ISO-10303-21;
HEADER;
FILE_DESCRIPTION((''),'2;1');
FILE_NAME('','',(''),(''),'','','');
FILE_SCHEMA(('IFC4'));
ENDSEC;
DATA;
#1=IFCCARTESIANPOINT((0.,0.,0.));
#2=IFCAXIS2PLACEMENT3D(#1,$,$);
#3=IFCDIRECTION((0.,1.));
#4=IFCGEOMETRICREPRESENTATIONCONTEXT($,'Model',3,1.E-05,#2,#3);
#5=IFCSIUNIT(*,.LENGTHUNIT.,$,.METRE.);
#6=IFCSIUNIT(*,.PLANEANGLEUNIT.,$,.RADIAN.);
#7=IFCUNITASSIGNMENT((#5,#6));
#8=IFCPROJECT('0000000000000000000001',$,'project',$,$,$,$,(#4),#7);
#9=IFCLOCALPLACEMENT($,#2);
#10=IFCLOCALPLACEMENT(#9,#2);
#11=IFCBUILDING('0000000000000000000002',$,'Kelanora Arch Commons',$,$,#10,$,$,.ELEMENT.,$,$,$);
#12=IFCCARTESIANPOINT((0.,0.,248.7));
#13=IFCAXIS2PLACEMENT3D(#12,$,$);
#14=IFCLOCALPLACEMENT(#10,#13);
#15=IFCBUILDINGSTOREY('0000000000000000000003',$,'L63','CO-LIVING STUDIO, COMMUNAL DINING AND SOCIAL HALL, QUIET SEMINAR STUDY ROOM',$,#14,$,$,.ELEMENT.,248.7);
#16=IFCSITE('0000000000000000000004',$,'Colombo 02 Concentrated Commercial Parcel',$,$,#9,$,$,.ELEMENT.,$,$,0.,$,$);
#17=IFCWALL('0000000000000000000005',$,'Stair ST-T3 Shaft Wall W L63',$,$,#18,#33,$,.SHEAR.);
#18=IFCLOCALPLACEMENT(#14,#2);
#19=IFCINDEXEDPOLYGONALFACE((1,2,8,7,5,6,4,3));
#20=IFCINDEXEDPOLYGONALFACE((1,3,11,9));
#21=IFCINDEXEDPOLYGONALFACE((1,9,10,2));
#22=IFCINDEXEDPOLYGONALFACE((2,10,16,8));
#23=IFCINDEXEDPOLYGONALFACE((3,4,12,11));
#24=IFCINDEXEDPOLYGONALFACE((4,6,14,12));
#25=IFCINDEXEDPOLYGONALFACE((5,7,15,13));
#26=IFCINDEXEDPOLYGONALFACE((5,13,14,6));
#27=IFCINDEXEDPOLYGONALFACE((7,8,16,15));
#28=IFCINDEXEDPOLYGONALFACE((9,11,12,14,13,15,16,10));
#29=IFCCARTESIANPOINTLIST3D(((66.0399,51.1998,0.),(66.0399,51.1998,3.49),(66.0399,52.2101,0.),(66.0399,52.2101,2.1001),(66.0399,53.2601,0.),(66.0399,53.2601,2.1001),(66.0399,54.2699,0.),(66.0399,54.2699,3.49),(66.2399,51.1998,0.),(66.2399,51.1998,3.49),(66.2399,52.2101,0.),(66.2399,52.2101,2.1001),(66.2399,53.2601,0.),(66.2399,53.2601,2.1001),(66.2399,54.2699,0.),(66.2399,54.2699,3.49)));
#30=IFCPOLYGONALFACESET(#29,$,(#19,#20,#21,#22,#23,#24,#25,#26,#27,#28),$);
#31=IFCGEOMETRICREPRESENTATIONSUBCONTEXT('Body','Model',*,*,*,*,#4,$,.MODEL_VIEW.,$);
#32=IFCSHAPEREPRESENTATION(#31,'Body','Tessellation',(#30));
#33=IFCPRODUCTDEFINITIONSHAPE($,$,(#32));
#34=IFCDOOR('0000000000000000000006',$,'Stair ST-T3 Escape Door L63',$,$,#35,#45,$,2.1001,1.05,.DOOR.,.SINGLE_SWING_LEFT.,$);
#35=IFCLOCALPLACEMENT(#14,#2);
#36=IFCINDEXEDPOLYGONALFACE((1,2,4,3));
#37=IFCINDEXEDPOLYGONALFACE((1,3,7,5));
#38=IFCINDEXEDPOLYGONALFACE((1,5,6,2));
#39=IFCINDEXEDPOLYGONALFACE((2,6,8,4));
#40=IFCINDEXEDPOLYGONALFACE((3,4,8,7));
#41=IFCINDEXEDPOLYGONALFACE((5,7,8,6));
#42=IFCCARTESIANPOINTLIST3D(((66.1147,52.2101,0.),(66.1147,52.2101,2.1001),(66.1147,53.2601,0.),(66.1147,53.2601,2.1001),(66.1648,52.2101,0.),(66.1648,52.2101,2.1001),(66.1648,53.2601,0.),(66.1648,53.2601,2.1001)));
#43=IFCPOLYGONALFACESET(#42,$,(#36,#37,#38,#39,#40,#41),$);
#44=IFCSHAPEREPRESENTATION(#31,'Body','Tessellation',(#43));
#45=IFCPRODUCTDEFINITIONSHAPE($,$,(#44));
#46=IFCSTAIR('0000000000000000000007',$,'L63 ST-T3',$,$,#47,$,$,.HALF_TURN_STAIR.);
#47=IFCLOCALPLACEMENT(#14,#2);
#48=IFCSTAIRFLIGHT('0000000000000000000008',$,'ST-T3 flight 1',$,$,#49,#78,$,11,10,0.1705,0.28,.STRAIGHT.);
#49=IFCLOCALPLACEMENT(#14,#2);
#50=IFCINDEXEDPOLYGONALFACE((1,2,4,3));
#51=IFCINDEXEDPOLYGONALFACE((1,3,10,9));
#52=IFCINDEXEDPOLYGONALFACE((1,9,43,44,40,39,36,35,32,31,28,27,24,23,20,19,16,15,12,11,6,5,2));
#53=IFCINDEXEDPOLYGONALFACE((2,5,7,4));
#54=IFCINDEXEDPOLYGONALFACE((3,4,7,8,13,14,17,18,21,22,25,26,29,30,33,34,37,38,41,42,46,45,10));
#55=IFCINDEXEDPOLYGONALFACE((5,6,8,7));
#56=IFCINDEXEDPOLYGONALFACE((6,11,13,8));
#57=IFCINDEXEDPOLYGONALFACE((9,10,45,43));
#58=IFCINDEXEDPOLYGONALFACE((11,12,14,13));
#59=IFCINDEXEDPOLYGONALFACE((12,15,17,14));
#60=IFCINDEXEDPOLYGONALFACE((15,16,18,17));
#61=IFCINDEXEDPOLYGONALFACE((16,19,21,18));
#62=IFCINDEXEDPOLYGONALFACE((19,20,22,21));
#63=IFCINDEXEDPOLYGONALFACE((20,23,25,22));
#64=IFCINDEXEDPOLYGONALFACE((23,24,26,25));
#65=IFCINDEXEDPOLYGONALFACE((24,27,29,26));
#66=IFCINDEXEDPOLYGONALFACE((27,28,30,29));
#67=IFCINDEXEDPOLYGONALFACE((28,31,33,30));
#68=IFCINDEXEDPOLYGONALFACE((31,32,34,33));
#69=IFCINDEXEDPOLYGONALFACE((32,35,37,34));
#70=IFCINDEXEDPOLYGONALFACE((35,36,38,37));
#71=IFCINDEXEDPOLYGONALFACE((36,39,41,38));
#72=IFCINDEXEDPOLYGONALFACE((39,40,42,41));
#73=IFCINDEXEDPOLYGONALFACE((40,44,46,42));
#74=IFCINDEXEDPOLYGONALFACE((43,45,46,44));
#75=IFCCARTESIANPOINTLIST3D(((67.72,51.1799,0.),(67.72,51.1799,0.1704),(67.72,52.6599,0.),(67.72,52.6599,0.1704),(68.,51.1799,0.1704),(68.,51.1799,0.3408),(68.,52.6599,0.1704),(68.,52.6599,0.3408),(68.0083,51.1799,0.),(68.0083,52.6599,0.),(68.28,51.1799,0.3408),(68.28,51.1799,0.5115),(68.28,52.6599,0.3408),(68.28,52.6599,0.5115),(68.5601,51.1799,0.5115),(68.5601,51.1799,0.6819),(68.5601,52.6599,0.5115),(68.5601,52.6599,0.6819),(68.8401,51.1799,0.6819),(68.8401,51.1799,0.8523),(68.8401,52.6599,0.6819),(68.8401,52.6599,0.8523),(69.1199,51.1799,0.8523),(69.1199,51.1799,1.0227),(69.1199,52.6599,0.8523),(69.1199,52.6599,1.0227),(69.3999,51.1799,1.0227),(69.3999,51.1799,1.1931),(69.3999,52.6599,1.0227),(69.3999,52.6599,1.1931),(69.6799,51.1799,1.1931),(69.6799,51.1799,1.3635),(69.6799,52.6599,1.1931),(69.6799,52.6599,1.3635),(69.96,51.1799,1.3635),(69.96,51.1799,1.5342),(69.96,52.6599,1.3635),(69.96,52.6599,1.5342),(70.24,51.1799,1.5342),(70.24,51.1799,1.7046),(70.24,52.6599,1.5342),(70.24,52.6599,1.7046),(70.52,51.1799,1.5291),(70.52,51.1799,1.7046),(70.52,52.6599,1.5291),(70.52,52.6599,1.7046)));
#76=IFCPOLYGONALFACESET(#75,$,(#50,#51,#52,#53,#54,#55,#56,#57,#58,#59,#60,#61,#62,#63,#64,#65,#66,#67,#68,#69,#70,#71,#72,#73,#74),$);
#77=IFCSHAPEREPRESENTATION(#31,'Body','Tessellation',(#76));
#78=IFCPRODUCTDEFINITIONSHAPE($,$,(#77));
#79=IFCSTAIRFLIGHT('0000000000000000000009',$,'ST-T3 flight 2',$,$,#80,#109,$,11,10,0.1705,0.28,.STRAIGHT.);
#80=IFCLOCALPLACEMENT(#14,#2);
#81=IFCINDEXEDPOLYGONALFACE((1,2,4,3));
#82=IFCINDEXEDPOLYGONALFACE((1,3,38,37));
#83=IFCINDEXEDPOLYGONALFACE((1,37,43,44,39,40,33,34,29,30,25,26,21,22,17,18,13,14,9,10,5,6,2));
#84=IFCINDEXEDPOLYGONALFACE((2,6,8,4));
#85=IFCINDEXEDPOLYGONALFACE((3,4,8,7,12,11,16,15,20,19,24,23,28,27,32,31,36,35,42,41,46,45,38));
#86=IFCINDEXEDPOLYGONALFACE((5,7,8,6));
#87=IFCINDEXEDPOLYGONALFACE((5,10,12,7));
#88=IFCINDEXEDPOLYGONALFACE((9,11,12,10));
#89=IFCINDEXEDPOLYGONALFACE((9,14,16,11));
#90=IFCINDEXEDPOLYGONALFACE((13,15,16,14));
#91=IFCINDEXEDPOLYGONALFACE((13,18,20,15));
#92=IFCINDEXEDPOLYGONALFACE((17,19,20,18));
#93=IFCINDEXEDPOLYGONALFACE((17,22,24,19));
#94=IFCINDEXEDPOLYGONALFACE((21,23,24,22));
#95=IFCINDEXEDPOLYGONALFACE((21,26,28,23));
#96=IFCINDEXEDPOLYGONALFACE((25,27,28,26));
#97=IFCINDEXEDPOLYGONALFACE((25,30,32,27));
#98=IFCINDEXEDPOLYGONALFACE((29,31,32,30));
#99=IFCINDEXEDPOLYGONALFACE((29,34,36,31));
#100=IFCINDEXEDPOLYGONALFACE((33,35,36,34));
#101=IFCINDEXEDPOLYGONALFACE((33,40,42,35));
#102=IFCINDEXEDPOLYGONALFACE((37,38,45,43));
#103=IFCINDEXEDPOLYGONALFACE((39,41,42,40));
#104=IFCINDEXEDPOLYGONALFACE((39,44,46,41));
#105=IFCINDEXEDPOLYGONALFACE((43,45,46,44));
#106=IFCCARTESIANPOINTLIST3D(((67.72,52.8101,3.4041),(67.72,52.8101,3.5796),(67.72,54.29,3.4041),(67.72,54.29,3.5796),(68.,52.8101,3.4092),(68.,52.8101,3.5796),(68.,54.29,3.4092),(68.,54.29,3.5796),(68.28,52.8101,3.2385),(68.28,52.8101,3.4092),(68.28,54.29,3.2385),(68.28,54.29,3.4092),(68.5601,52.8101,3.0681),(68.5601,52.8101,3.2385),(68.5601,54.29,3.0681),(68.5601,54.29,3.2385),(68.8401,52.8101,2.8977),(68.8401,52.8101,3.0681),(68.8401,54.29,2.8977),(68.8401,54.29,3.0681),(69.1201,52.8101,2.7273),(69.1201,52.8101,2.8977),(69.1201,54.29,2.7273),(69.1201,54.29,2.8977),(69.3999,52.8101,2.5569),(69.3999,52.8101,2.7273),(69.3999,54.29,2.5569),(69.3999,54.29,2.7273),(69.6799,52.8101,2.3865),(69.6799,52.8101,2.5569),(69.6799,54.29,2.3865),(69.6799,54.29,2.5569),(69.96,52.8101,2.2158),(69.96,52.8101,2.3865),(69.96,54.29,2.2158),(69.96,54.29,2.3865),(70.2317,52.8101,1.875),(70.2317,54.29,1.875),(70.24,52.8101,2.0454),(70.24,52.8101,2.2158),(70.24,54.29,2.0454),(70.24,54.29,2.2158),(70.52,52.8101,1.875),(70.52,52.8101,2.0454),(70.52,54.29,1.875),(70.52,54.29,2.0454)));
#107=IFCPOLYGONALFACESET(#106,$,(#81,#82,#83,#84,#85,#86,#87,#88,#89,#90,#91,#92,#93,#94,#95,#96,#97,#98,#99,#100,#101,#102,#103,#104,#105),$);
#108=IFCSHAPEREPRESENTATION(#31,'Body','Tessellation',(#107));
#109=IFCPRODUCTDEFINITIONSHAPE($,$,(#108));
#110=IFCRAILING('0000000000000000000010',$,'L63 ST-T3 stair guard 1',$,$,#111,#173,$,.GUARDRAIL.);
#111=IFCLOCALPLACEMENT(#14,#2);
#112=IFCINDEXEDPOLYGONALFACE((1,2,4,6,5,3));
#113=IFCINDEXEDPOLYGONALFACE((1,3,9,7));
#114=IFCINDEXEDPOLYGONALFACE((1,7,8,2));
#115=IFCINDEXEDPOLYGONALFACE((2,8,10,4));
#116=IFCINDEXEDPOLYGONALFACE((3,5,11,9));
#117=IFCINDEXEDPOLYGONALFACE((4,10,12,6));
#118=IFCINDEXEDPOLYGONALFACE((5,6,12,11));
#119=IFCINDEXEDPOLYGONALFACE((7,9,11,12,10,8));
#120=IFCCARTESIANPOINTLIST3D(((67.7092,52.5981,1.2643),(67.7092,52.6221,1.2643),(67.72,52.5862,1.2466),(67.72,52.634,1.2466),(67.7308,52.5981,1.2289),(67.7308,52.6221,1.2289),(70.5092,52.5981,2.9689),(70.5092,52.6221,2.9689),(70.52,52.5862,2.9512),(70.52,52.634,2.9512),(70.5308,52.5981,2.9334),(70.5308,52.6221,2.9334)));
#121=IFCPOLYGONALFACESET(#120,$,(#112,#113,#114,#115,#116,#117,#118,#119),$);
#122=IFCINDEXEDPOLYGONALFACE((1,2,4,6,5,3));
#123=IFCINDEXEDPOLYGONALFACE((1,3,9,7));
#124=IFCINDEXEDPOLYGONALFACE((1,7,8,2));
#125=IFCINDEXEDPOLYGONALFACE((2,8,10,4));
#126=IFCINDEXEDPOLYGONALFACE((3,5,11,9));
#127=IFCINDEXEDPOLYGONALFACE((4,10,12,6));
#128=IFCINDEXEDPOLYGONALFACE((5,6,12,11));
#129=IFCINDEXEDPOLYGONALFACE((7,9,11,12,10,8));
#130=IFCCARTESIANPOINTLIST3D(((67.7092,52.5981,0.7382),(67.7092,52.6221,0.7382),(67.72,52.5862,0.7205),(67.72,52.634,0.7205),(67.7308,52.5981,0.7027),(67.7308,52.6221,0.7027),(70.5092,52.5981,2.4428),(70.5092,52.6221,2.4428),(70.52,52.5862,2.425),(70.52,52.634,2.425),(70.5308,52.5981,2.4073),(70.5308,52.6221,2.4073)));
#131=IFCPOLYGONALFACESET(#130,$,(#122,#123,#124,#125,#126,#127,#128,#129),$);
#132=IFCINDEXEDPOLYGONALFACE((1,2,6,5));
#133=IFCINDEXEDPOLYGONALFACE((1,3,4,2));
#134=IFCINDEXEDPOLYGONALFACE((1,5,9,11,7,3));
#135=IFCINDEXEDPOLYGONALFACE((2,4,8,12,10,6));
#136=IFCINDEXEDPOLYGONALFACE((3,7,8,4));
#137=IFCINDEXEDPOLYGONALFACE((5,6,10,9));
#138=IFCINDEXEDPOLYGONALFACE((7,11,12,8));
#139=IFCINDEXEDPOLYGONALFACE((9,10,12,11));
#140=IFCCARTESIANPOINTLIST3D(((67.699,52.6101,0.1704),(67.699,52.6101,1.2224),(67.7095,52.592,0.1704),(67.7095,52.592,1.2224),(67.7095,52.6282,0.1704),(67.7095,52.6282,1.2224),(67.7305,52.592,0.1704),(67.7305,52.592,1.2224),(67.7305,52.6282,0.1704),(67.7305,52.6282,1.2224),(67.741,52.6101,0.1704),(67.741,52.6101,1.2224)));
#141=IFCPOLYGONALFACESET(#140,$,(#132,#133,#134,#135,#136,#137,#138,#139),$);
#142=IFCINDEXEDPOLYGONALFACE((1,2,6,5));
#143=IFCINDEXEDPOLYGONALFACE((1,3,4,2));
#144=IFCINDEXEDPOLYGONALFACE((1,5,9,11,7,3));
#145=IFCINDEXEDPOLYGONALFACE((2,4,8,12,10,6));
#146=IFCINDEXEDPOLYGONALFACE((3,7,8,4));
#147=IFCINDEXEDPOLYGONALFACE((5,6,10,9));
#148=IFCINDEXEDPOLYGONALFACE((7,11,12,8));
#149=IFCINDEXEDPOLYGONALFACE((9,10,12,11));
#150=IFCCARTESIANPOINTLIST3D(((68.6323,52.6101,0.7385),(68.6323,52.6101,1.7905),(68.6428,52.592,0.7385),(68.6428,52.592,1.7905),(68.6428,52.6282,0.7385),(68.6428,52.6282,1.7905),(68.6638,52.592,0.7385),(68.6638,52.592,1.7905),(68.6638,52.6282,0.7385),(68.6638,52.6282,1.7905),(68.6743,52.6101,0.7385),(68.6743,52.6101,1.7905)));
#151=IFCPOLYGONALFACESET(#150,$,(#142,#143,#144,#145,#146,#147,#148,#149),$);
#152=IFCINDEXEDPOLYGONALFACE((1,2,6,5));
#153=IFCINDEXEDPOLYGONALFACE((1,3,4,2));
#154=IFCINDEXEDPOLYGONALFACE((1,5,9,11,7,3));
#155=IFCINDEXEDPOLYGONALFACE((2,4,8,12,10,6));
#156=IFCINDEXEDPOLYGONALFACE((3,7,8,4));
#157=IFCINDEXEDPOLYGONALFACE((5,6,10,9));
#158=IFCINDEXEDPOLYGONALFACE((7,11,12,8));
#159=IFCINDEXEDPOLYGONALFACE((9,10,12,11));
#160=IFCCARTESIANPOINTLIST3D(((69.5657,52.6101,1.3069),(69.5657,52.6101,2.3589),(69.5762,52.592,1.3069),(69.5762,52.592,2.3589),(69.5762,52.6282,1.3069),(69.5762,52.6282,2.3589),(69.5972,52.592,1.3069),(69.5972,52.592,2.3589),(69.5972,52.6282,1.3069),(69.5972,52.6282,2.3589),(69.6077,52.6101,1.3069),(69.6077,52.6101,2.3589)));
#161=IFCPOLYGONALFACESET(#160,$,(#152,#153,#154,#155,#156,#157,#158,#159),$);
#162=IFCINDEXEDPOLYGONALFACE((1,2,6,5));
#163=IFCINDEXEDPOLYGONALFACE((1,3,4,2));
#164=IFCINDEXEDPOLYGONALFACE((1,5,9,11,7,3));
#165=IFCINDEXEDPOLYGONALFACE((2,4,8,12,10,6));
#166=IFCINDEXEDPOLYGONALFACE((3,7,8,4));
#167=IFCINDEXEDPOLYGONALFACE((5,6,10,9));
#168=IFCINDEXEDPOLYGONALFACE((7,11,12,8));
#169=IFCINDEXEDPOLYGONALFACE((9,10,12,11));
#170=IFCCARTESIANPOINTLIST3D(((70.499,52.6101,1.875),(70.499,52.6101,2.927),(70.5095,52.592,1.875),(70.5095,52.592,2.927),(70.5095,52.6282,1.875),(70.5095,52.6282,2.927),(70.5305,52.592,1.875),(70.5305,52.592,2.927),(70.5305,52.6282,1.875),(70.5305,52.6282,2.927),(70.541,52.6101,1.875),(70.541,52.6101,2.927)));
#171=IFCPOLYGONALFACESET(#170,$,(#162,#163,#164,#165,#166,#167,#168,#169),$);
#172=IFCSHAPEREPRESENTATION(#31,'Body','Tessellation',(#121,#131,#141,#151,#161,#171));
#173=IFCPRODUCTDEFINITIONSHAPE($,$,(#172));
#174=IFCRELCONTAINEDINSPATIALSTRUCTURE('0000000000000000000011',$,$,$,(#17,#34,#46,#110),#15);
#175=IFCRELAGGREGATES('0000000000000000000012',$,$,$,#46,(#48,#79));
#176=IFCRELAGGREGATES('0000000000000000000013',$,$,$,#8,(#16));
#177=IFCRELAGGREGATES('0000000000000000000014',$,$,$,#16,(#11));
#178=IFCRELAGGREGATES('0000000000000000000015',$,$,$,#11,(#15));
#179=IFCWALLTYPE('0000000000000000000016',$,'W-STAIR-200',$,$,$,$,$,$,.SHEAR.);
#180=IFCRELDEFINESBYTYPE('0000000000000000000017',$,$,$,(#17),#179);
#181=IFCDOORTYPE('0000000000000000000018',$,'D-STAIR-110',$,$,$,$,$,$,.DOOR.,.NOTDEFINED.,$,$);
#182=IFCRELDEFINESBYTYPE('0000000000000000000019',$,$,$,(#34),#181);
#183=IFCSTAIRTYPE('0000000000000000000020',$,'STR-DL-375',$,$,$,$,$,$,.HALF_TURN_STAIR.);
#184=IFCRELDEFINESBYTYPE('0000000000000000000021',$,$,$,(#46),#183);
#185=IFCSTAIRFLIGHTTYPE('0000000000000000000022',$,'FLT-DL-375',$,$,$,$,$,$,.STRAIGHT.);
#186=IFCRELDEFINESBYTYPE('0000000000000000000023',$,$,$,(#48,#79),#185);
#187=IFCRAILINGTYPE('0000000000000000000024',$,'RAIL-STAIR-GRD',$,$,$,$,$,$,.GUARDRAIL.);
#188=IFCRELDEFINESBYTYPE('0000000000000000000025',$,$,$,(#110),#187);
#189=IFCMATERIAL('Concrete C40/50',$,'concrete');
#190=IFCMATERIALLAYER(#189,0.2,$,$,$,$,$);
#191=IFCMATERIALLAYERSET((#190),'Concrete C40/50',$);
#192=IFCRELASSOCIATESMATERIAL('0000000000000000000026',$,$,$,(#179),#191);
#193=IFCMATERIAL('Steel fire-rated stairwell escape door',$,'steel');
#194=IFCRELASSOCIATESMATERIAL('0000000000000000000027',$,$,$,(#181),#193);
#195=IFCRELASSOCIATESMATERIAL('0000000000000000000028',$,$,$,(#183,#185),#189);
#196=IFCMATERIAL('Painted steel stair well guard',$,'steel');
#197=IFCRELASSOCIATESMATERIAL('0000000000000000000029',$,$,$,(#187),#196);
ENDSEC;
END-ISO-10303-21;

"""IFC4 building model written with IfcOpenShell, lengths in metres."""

from ifc_helpers import new_model, si_unit, direction, frame, frame_2d, origin, place, context, subcontext, project, spatial, polyline, rectangle, outline, extrude, material, layer, layer_set, type_object, element, fill, aggregate, save


model = new_model("IFC4")

# Units and contexts
model_context = context("Model", 3, precision=1e-05, world=origin(), true_north=direction((0.0, 1.0)))
body_context = subcontext(model_context, "Body", "Model", "MODEL_VIEW")
ifc_project = project(units=[si_unit("LENGTHUNIT", "METRE"), si_unit("PLANEANGLEUNIT", "RADIAN")], contexts=[model_context])

# Site, building, storey
site_placement = place(None, origin())
site = spatial("IfcSite", under=ifc_project, at=site_placement, Name="Colombo 02 Concentrated Commercial Parcel", CompositionType="ELEMENT", RefElevation=0.0)
building_placement = place(site_placement, origin())
building = spatial("IfcBuilding", under=site, at=building_placement, Name="Kelanora Arch Commons", CompositionType="ELEMENT")
storey_placement = place(building_placement, frame((0.0, 0.0, 248.7)))
storey = spatial("IfcBuildingStorey", under=building, at=storey_placement, Name="L63", Description="CO-LIVING STUDIO, COMMUNAL DINING AND SOCIAL HALL, QUIET SEMINAR STUDY ROOM", CompositionType="ELEMENT", Elevation=248.7)

# Shared definitions
ifc_material_1 = material(Name="Concrete C40/50", Category="concrete")

# Shared definitions
ifc_layer_1 = layer(ifc_material_1, 0.2)
ifc_layer_set_1 = layer_set([ifc_layer_1], Name="Concrete C40/50")
wall_type_1 = type_object("IfcWallType", Name="W-STAIR-200", PredefinedType="SHEAR", material=ifc_layer_set_1)

# Wall, opening, door
wall_1_placement = place(storey_placement, frame((66.1399, 54.27, 0.0), z_axis=(0.0, 0.0, 1.0), x_axis=(0.0, -1.0, 0.0)))
wall_1 = element("IfcWall", 1, at=wall_1_placement, inside=storey, type_object=wall_type_1, Name="Stair ST-T3 Shaft Wall W L63", PredefinedType="SHEAR", context=body_context, shape_type="SweptSolid", body=[
    extrude(rectangle(XDim=3.0701, YDim=0.2, at=frame_2d((1.5352, 0.0))), origin(), (0.0, 0.0, 1.0), 3.49),
])
opening_1_placement = place(wall_1_placement, frame((1.01, 0.0, 0.0)))
opening_1 = element("IfcOpeningElement", 2, at=opening_1_placement, cuts=wall_1, PredefinedType="OPENING", context=body_context, shape_type="SweptSolid", body=[
    extrude(rectangle(XDim=1.05, YDim=2.1001, at=frame_2d((0.5249, 1.05))), frame((0.0, 0.1099, 0.0), z_axis=(0.0, -1.0, 0.0), x_axis=(1.0, 0.0, 0.0)), (0.0, 0.0, 1.0), 0.22),
])
ifc_material_2 = material(Name="Steel fire-rated stairwell escape door", Category="steel")
door_type_1 = type_object("IfcDoorType", Name="D-STAIR-110", OperationType="NOTDEFINED", PredefinedType="DOOR", material=ifc_material_2)
door_1_placement = place(opening_1_placement, origin())
door_1 = element("IfcDoor", 3, at=door_1_placement, inside=storey, type_object=door_type_1, Name="Stair ST-T3 Escape Door L63", OperationType="SINGLE_SWING_LEFT", OverallHeight=2.1001, OverallWidth=1.05, PredefinedType="DOOR", context=body_context, shape_type="SweptSolid", body=[
    extrude(rectangle(XDim=1.05, YDim=2.1001, at=frame_2d((0.5249, 1.05))), frame((0.0, 0.0249, 0.0), z_axis=(0.0, -1.0, 0.0), x_axis=(1.0, 0.0, 0.0)), (0.0, 0.0, 1.0), 0.05),
])
fill(opening_1, door_1)

# Stair, stair flights
stair_type = type_object("IfcStairType", Name="STR-DL-375", PredefinedType="HALF_TURN_STAIR", material=ifc_material_1)
stair_placement = place(storey_placement, origin())
stair = element("IfcStair", 4, at=stair_placement, inside=storey, type_object=stair_type, Name="L63 ST-T3", PredefinedType="HALF_TURN_STAIR")
stair_flight_type = type_object("IfcStairFlightType", Name="FLT-DL-375", PredefinedType="STRAIGHT", material=ifc_material_1)
stair_flight_1_placement = place(storey_placement, frame((67.72, 51.9199, 0.0), z_axis=(0.0, 0.0, 1.0), x_axis=(1.0, 0.0, 0.0)))
stair_flight_1 = element("IfcStairFlight", 5, at=stair_flight_1_placement, type_object=stair_flight_type, Name="ST-T3 flight 1", NumberOfRisers=11, NumberOfTreads=10, PredefinedType="STRAIGHT", RiserHeight=0.1705, TreadLength=0.28, context=body_context, shape_type="SweptSolid", body=[
    extrude(outline(polyline([(0.0, 0.0), (0.0, 0.1704), (0.28, 0.1704), (0.28, 0.3408), (0.5601, 0.3408), (0.5601, 0.5115), (0.8401, 0.5115), (0.8401, 0.6819), (1.1201, 0.6819), (1.1201, 0.8523), (1.3999, 0.8523), (1.3999, 1.0227), (1.6799, 1.0227), (1.6799, 1.1931), (1.96, 1.1931), (1.96, 1.3635), (2.24, 1.3635), (2.24, 1.5342), (2.52, 1.5342), (2.52, 1.7046), (2.8, 1.7046), (2.8, 1.875), (2.8, 1.5291), (0.2883, 0.0), (0.0, 0.0)])), frame((0.0, 0.74, 0.0), z_axis=(0.0, -1.0, 0.0), x_axis=(1.0, 0.0, 0.0)), (0.0, 0.0, 1.0), 1.48),
])
stair_flight_2_placement = place(storey_placement, frame((70.52, 53.55, 1.875), z_axis=(0.0, 0.0, 1.0), x_axis=(-1.0, 0.0, 0.0)))
stair_flight_2 = element("IfcStairFlight", 6, at=stair_flight_2_placement, type_object=stair_flight_type, Name="ST-T3 flight 2", NumberOfRisers=11, NumberOfTreads=10, PredefinedType="STRAIGHT", RiserHeight=0.1705, TreadLength=0.28, context=body_context, shape_type="SweptSolid", body=[
    extrude(outline(polyline([(0.0, 0.0), (0.0, 0.1704), (0.28, 0.1704), (0.28, 0.3408), (0.5601, 0.3408), (0.5601, 0.5115), (0.8401, 0.5115), (0.8401, 0.6819), (1.1201, 0.6819), (1.1201, 0.8523), (1.3999, 0.8523), (1.3999, 1.0227), (1.6799, 1.0227), (1.6799, 1.1931), (1.96, 1.1931), (1.96, 1.3635), (2.24, 1.3635), (2.24, 1.5342), (2.52, 1.5342), (2.52, 1.7046), (2.8, 1.7046), (2.8, 1.875), (2.8, 1.5291), (0.2883, 0.0), (0.0, 0.0)])), frame((0.0, 0.74, 0.0), z_axis=(0.0, -1.0, 0.0), x_axis=(1.0, 0.0, 0.0)), (0.0, 0.0, 1.0), 1.48),
])
aggregate(stair, [stair_flight_1, stair_flight_2])

# Railing
ifc_material_3 = material(Name="Painted steel stair well guard", Category="steel")
railing_type_1 = type_object("IfcRailingType", Name="RAIL-STAIR-GRD", PredefinedType="GUARDRAIL", material=ifc_material_3)
railing_1_placement = place(storey_placement, frame((67.72, 52.6101, 0.1704)))
element("IfcRailing", 7, at=railing_1_placement, inside=storey, type_object=railing_type_1, Name="L63 ST-T3 stair guard 1", PredefinedType="GUARDRAIL", context=body_context, shape_type="SweptSolid", body=[
    extrude(outline(polyline([(0.0239, 0.0), (0.012, 0.0208), (-0.012, 0.0208), (-0.0239, 0.0), (-0.012, -0.0208), (0.012, -0.0208), (0.0239, 0.0)])), frame((0.0, 0.0, 1.0762), z_axis=(0.85417, 0.0, 0.519994), x_axis=(0.0, 1.0, 0.0)), (0.0, 0.0, 1.0), 3.2781),
    extrude(outline(polyline([(0.0239, 0.0), (0.012, 0.0208), (-0.012, 0.0208), (-0.0239, 0.0), (-0.012, -0.0208), (0.012, -0.0208), (0.0239, 0.0)])), frame((0.0, 0.0, 0.55), z_axis=(0.85417, 0.0, 0.519994), x_axis=(0.0, 1.0, 0.0)), (0.0, 0.0, 1.0), 3.2781),
    extrude(outline(polyline([(0.021, 0.0), (0.0105, 0.0181), (-0.0105, 0.0181), (-0.021, 0.0), (-0.0105, -0.0181), (0.0105, -0.0181), (0.021, 0.0)])), origin(), (0.0, 0.0, 1.0), 1.052),
    extrude(outline(polyline([(0.021, 0.0), (0.0105, 0.0181), (-0.0105, 0.0181), (-0.021, 0.0), (-0.0105, -0.0181), (0.0105, -0.0181), (0.021, 0.0)])), frame((0.9333, 0.0, 0.5681)), (0.0, 0.0, 1.0), 1.052),
    extrude(outline(polyline([(0.021, 0.0), (0.0105, 0.0181), (-0.0105, 0.0181), (-0.021, 0.0), (-0.0105, -0.0181), (0.0105, -0.0181), (0.021, 0.0)])), frame((1.8667, 0.0, 1.1365)), (0.0, 0.0, 1.0), 1.052),
    extrude(outline(polyline([(0.021, 0.0), (0.0105, 0.0181), (-0.0105, 0.0181), (-0.021, 0.0), (-0.0105, -0.0181), (0.0105, -0.0181), (0.021, 0.0)])), frame((2.8, 0.0, 1.7046)), (0.0, 0.0, 1.0), 1.052),
])

save(model, "model.ifc")
